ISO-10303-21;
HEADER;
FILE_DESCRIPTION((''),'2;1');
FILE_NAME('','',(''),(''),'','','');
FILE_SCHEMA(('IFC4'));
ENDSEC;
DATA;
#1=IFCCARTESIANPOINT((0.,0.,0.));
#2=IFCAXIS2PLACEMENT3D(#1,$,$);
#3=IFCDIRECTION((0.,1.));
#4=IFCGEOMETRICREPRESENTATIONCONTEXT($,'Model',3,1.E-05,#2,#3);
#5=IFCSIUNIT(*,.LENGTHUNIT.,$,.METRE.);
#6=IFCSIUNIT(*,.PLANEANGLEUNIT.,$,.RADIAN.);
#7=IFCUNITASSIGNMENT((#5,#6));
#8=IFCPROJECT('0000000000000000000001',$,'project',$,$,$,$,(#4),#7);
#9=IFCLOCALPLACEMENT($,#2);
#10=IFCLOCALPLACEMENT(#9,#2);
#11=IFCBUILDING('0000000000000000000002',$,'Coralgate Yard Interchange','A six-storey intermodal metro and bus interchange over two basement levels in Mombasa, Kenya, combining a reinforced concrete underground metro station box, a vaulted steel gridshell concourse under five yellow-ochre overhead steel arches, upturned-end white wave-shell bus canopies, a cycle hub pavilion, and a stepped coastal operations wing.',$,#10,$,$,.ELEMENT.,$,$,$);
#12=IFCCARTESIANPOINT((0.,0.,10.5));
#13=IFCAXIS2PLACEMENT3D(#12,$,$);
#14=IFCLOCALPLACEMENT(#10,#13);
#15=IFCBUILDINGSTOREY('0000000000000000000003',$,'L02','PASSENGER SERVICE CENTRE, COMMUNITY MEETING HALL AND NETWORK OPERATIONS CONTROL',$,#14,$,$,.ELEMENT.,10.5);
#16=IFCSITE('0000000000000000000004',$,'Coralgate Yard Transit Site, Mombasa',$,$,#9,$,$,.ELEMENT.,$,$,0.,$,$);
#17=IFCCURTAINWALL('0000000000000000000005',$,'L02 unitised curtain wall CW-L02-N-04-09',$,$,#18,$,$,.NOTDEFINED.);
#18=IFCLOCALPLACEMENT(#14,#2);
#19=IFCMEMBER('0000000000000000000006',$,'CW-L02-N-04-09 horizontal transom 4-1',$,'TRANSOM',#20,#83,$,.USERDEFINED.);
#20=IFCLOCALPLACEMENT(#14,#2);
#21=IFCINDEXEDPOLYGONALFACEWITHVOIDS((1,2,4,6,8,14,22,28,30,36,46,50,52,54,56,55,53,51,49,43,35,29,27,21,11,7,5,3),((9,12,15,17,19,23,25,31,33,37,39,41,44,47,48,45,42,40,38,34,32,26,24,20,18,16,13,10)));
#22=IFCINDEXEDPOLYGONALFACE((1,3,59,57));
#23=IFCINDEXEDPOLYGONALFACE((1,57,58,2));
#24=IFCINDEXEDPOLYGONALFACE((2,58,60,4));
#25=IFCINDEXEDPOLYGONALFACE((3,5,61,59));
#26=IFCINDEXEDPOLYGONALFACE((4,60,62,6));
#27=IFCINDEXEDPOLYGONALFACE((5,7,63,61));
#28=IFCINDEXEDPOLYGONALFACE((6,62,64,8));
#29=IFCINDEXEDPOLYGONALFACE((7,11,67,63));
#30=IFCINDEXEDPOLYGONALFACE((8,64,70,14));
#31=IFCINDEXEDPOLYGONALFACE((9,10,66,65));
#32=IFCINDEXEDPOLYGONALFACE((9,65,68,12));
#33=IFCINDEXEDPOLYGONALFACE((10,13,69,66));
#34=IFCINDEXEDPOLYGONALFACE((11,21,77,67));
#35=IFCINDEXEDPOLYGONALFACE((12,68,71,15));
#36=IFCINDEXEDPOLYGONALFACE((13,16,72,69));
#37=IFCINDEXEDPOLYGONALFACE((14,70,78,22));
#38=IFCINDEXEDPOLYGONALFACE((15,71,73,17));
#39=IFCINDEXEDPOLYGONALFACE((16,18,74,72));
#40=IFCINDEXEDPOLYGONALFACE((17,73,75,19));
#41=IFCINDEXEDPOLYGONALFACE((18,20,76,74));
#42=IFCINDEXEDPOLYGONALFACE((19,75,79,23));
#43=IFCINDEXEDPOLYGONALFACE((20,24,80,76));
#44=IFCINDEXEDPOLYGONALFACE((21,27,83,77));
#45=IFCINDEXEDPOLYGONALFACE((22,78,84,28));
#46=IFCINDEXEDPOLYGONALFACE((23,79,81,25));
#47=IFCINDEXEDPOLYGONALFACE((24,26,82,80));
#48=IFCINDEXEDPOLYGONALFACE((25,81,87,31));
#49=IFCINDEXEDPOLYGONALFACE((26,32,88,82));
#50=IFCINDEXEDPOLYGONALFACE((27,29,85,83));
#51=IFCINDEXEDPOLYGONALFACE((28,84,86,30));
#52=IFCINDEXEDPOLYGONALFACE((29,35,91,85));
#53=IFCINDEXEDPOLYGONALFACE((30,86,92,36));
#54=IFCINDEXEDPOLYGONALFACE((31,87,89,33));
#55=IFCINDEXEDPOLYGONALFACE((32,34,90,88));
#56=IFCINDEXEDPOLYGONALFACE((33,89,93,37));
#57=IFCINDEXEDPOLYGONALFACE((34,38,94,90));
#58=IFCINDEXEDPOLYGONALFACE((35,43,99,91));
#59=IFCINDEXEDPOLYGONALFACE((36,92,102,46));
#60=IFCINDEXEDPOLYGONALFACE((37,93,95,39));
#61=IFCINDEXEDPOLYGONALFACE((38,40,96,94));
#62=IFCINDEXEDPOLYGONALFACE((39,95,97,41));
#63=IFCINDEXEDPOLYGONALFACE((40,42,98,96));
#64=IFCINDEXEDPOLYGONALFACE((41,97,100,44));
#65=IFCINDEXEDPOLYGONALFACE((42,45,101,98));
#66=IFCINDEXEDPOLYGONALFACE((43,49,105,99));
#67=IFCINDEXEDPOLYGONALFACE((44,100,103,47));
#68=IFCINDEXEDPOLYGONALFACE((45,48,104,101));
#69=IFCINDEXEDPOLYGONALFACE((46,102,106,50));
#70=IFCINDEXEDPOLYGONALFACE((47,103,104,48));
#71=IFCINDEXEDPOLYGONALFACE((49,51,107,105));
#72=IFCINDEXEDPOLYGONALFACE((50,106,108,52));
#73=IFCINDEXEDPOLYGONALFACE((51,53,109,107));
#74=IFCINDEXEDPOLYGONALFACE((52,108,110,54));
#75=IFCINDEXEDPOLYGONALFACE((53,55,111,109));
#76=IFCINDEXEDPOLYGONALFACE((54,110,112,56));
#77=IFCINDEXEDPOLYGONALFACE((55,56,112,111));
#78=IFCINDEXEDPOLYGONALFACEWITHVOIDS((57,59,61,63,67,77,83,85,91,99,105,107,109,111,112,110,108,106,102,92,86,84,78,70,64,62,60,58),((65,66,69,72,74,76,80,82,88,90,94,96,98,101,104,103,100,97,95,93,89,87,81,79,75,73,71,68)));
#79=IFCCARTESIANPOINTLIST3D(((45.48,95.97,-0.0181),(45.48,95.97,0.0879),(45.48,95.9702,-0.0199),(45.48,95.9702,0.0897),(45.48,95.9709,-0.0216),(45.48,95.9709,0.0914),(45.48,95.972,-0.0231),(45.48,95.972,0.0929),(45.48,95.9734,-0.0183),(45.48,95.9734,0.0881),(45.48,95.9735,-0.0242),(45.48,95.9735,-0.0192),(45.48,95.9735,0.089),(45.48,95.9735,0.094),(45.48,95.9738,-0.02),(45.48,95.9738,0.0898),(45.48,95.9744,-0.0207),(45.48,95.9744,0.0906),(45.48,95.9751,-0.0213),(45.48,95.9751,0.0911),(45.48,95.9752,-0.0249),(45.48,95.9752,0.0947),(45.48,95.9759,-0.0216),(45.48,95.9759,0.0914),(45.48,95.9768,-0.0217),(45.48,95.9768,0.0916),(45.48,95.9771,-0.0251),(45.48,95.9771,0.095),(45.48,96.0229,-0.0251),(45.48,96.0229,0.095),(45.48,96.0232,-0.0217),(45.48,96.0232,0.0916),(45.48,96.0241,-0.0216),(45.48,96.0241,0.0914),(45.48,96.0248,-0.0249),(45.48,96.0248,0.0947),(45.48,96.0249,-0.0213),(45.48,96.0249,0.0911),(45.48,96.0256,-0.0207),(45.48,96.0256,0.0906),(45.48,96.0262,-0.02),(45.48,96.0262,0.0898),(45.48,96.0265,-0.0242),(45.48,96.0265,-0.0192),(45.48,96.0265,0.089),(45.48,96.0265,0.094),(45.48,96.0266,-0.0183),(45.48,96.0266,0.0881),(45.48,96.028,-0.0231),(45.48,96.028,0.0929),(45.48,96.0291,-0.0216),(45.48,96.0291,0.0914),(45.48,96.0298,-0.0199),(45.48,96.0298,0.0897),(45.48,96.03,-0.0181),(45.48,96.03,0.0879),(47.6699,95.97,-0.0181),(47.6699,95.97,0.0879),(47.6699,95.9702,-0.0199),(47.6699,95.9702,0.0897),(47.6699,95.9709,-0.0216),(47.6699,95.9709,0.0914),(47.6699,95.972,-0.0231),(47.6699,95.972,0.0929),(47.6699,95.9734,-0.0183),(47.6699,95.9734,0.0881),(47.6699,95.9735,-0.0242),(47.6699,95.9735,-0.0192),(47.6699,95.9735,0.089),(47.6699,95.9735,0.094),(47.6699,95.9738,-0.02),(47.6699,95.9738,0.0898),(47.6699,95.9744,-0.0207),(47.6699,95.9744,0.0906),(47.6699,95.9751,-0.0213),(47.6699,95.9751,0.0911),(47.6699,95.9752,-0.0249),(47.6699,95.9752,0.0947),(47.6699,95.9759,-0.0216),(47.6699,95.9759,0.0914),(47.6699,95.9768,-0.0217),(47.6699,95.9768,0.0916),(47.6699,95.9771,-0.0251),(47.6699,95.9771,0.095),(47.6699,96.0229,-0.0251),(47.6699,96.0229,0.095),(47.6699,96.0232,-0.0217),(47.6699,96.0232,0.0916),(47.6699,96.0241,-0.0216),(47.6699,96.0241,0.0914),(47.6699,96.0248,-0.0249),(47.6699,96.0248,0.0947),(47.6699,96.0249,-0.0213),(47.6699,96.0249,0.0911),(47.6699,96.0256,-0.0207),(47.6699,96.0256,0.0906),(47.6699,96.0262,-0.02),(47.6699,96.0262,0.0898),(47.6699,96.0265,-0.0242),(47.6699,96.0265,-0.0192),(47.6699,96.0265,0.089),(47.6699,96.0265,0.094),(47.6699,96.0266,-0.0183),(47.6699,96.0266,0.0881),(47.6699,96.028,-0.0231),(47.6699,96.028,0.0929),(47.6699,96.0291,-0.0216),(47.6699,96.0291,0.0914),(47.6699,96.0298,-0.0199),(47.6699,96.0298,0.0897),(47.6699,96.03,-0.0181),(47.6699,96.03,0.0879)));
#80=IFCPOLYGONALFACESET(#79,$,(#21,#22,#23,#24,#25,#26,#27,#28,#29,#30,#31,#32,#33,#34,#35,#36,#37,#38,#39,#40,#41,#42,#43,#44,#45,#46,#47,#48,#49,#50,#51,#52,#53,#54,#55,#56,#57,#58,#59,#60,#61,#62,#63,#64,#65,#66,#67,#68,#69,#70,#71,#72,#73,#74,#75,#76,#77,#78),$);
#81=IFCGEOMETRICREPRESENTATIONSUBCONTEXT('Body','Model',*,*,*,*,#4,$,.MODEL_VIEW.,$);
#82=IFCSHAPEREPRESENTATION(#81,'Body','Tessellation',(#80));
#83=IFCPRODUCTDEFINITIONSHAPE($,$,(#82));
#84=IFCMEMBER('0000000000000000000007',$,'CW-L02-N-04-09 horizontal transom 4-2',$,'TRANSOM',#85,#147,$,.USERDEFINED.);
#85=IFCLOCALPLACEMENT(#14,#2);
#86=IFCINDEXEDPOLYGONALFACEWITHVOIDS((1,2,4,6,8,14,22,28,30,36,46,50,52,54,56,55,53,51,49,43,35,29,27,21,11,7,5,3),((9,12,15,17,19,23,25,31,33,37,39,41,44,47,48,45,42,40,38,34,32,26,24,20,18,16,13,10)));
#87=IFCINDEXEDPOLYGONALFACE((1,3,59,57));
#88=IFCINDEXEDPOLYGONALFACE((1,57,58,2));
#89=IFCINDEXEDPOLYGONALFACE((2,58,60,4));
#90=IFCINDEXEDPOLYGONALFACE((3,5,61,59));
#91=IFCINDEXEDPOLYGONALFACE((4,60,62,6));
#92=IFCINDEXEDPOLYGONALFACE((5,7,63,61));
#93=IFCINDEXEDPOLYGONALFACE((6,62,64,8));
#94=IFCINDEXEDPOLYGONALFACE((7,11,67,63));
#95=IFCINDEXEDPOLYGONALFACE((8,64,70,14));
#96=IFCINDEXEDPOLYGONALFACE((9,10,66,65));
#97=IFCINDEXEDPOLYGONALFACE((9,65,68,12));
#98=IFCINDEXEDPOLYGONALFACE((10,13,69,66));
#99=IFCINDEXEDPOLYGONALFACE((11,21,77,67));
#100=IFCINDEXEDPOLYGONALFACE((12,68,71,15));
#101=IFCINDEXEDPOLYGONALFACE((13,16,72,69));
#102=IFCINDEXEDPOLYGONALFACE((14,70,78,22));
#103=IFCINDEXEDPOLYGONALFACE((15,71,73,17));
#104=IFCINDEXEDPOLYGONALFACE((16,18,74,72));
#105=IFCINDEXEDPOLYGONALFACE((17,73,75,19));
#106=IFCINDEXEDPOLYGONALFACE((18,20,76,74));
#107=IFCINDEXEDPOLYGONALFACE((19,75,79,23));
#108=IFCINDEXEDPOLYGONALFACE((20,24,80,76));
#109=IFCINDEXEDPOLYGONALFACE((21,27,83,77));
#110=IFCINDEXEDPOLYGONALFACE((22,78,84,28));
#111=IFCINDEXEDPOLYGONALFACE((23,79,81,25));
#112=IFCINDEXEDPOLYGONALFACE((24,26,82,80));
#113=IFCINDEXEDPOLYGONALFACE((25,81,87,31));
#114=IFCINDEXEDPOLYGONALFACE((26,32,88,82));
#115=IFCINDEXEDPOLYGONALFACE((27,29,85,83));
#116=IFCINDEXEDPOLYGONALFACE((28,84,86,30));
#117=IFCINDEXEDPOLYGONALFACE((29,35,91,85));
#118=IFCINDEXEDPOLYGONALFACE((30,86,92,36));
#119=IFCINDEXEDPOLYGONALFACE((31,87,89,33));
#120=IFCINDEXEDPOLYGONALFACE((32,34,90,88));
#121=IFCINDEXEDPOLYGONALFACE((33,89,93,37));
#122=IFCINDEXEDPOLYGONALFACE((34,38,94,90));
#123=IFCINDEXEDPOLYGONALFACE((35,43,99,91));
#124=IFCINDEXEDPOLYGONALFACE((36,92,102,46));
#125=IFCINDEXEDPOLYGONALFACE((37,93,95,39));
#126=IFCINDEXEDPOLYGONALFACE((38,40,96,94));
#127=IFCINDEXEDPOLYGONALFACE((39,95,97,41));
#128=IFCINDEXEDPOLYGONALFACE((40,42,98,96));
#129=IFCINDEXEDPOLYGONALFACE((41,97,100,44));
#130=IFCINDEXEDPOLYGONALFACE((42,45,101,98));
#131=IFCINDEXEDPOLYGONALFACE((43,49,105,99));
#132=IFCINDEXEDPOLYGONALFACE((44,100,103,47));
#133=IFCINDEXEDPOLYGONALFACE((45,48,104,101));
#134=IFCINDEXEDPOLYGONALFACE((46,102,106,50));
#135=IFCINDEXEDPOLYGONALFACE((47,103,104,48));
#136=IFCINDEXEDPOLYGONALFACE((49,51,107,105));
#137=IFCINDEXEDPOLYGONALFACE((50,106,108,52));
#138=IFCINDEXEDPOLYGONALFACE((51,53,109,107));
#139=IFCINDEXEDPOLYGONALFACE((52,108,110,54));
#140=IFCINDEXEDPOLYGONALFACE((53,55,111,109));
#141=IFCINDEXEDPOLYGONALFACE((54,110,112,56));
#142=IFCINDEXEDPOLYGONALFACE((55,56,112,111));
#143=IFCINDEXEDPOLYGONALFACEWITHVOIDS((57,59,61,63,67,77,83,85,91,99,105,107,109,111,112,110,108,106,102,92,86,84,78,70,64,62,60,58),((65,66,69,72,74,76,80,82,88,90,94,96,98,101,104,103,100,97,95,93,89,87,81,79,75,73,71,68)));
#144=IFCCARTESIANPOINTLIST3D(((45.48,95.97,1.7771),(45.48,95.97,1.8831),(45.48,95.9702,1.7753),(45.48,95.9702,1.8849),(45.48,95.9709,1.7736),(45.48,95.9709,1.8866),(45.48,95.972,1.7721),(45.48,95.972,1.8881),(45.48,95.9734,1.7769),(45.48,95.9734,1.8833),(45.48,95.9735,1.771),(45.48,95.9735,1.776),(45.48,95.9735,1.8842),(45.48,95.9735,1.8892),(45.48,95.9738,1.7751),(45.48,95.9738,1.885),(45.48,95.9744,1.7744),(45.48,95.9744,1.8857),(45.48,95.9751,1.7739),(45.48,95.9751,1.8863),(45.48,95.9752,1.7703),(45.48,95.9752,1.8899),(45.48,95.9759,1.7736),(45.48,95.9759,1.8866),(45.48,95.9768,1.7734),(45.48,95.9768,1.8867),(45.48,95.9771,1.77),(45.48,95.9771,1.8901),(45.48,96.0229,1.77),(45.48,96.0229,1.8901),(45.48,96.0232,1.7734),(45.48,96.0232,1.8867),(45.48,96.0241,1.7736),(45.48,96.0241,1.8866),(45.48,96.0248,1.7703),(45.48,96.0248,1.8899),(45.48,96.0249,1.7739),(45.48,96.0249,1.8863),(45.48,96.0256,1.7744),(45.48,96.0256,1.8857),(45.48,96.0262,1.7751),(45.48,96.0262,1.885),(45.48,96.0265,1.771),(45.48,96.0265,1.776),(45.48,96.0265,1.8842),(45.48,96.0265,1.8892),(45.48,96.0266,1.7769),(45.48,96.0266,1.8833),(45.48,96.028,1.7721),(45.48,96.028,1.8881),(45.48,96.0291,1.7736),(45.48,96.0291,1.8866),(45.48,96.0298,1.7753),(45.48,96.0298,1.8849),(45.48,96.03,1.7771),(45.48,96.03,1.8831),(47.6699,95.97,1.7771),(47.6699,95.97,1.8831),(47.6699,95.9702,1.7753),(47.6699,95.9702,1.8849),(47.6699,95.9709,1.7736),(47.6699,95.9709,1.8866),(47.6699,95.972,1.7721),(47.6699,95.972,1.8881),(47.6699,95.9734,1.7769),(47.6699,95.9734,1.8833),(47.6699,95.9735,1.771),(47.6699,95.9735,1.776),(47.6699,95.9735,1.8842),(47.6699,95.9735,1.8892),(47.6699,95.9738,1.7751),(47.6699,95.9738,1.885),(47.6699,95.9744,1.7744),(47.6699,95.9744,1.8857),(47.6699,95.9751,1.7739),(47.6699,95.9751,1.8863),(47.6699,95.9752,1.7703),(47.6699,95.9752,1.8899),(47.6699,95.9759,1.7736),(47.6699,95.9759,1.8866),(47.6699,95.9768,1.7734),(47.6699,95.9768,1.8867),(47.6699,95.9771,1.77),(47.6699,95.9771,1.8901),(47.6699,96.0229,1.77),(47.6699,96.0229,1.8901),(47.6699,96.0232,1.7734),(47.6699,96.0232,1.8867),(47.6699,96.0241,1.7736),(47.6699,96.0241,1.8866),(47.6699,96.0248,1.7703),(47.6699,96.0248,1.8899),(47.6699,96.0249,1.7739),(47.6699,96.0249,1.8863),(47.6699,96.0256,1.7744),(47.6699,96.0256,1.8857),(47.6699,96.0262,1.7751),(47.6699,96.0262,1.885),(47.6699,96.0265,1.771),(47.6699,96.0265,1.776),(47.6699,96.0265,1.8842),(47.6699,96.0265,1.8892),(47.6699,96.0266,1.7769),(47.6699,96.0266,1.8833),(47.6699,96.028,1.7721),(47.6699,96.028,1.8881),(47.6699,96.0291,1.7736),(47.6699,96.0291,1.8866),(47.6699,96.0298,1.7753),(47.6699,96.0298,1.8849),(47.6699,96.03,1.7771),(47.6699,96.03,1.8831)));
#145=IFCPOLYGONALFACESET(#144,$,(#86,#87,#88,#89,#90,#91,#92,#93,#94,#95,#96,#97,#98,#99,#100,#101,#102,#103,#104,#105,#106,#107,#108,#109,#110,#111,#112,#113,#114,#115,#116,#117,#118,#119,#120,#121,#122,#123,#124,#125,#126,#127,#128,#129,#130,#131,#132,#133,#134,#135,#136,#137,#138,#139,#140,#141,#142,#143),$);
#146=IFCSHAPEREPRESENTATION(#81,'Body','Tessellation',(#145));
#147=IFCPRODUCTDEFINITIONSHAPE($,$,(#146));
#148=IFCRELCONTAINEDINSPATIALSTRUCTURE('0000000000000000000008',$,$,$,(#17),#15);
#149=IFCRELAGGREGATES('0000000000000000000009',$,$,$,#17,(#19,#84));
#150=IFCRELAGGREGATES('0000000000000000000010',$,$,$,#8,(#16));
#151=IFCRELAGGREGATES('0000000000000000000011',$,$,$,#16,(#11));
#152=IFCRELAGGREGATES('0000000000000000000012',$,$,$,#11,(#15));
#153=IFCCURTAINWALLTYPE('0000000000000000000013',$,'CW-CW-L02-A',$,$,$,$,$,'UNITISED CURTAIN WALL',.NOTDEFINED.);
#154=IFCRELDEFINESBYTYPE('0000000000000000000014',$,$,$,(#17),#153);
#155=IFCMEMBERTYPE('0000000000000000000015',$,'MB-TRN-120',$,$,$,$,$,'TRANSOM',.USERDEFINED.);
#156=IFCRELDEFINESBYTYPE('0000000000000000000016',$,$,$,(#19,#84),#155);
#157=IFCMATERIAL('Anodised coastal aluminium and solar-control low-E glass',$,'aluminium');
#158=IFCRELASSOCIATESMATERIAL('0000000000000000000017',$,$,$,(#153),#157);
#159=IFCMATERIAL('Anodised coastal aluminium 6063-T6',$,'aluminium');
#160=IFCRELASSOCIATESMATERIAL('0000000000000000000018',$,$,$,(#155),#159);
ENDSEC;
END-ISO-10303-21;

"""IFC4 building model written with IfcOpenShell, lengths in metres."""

from ifc_helpers import new_model, si_unit, direction, frame, origin, origin_2d, place, context, subcontext, project, spatial, hollow_rectangle, extrude, material, material_profile, profile_set, type_object, element, aggregate, save


model = new_model("IFC4")

# Units and contexts
model_context = context("Model", 3, precision=1e-05, world=origin(), true_north=direction((0.0, 1.0)))
body_context = subcontext(model_context, "Body", "Model", "MODEL_VIEW")
ifc_project = project(units=[si_unit("LENGTHUNIT", "METRE"), si_unit("PLANEANGLEUNIT", "RADIAN")], contexts=[model_context])

# Site, building, storey
site_placement = place(None, origin())
site = spatial("IfcSite", under=ifc_project, at=site_placement, Name="Coralgate Yard Transit Site, Mombasa", CompositionType="ELEMENT", RefElevation=0.0)
building_placement = place(site_placement, origin())
building = spatial("IfcBuilding", under=site, at=building_placement, Name="Coralgate Yard Interchange", Description="A six-storey intermodal metro and bus interchange over two basement levels in Mombasa, Kenya, combining a reinforced concrete underground metro station box, a vaulted steel gridshell concourse under five yellow-ochre overhead steel arches, upturned-end white wave-shell bus canopies, a cycle hub pavilion, and a stepped coastal operations wing.", CompositionType="ELEMENT")
storey_placement = place(building_placement, frame((0.0, 0.0, 10.5)))
storey = spatial("IfcBuildingStorey", under=building, at=storey_placement, Name="L02", Description="PASSENGER SERVICE CENTRE, COMMUNITY MEETING HALL AND NETWORK OPERATIONS CONTROL", CompositionType="ELEMENT", Elevation=10.5)

# Curtain wall, members
ifc_material_1 = material(Name="Anodised coastal aluminium and solar-control low-E glass", Category="aluminium")
curtain_wall_type = type_object("IfcCurtainWallType", Name="CW-CW-L02-A", ElementType="UNITISED CURTAIN WALL", PredefinedType="NOTDEFINED", material=ifc_material_1)
curtain_wall_placement = place(storey_placement, origin())
curtain_wall = element("IfcCurtainWall", 1, at=curtain_wall_placement, inside=storey, type_object=curtain_wall_type, Name="L02 unitised curtain wall CW-L02-N-04-09", PredefinedType="NOTDEFINED")
ifc_material_2 = material(Name="Anodised coastal aluminium 6063-T6", Category="aluminium")
ifc_material_profile_1 = material_profile(ifc_material_2, hollow_rectangle(XDim=0.0601, YDim=0.1201, WallThickness=0.0034, InnerFilletRadius=0.0034, OuterFilletRadius=0.0071, at=origin_2d()), Name="ALU 60x120x3.5")
ifc_profile_set_1 = profile_set([ifc_material_profile_1], Name="Anodised coastal aluminium 6063-T6")
member_type_1 = type_object("IfcMemberType", Name="MB-TRN-120", ElementType="TRANSOM", PredefinedType="USERDEFINED", material=ifc_profile_set_1)
member_1_placement = place(storey_placement, frame((45.48, 96.0, 0.0349), z_axis=(1.0, 0.0, 0.0), x_axis=(0.0, 1.0, 0.0)))
member_1 = element("IfcMember", 2, at=member_1_placement, type_object=member_type_1, Name="CW-L02-N-04-09 horizontal transom 4-1", ObjectType="TRANSOM", PredefinedType="USERDEFINED", context=body_context, shape_type="SweptSolid", body=[
    extrude(hollow_rectangle(XDim=0.0601, YDim=0.1201, WallThickness=0.0034, InnerFilletRadius=0.0034, OuterFilletRadius=0.0071, at=origin_2d()), origin(), (0.0, 0.0, 1.0), 2.1899),
])
member_2_placement = place(storey_placement, frame((45.48, 96.0, 1.8301), z_axis=(1.0, 0.0, 0.0), x_axis=(0.0, 1.0, 0.0)))
member_2 = element("IfcMember", 3, at=member_2_placement, type_object=member_type_1, Name="CW-L02-N-04-09 horizontal transom 4-2", ObjectType="TRANSOM", PredefinedType="USERDEFINED", context=body_context, shape_type="SweptSolid", body=[
    extrude(hollow_rectangle(XDim=0.0601, YDim=0.1201, WallThickness=0.0034, InnerFilletRadius=0.0034, OuterFilletRadius=0.0071, at=origin_2d()), origin(), (0.0, 0.0, 1.0), 2.1899),
])
aggregate(curtain_wall, [member_1, member_2])

save(model, "model.ifc")
